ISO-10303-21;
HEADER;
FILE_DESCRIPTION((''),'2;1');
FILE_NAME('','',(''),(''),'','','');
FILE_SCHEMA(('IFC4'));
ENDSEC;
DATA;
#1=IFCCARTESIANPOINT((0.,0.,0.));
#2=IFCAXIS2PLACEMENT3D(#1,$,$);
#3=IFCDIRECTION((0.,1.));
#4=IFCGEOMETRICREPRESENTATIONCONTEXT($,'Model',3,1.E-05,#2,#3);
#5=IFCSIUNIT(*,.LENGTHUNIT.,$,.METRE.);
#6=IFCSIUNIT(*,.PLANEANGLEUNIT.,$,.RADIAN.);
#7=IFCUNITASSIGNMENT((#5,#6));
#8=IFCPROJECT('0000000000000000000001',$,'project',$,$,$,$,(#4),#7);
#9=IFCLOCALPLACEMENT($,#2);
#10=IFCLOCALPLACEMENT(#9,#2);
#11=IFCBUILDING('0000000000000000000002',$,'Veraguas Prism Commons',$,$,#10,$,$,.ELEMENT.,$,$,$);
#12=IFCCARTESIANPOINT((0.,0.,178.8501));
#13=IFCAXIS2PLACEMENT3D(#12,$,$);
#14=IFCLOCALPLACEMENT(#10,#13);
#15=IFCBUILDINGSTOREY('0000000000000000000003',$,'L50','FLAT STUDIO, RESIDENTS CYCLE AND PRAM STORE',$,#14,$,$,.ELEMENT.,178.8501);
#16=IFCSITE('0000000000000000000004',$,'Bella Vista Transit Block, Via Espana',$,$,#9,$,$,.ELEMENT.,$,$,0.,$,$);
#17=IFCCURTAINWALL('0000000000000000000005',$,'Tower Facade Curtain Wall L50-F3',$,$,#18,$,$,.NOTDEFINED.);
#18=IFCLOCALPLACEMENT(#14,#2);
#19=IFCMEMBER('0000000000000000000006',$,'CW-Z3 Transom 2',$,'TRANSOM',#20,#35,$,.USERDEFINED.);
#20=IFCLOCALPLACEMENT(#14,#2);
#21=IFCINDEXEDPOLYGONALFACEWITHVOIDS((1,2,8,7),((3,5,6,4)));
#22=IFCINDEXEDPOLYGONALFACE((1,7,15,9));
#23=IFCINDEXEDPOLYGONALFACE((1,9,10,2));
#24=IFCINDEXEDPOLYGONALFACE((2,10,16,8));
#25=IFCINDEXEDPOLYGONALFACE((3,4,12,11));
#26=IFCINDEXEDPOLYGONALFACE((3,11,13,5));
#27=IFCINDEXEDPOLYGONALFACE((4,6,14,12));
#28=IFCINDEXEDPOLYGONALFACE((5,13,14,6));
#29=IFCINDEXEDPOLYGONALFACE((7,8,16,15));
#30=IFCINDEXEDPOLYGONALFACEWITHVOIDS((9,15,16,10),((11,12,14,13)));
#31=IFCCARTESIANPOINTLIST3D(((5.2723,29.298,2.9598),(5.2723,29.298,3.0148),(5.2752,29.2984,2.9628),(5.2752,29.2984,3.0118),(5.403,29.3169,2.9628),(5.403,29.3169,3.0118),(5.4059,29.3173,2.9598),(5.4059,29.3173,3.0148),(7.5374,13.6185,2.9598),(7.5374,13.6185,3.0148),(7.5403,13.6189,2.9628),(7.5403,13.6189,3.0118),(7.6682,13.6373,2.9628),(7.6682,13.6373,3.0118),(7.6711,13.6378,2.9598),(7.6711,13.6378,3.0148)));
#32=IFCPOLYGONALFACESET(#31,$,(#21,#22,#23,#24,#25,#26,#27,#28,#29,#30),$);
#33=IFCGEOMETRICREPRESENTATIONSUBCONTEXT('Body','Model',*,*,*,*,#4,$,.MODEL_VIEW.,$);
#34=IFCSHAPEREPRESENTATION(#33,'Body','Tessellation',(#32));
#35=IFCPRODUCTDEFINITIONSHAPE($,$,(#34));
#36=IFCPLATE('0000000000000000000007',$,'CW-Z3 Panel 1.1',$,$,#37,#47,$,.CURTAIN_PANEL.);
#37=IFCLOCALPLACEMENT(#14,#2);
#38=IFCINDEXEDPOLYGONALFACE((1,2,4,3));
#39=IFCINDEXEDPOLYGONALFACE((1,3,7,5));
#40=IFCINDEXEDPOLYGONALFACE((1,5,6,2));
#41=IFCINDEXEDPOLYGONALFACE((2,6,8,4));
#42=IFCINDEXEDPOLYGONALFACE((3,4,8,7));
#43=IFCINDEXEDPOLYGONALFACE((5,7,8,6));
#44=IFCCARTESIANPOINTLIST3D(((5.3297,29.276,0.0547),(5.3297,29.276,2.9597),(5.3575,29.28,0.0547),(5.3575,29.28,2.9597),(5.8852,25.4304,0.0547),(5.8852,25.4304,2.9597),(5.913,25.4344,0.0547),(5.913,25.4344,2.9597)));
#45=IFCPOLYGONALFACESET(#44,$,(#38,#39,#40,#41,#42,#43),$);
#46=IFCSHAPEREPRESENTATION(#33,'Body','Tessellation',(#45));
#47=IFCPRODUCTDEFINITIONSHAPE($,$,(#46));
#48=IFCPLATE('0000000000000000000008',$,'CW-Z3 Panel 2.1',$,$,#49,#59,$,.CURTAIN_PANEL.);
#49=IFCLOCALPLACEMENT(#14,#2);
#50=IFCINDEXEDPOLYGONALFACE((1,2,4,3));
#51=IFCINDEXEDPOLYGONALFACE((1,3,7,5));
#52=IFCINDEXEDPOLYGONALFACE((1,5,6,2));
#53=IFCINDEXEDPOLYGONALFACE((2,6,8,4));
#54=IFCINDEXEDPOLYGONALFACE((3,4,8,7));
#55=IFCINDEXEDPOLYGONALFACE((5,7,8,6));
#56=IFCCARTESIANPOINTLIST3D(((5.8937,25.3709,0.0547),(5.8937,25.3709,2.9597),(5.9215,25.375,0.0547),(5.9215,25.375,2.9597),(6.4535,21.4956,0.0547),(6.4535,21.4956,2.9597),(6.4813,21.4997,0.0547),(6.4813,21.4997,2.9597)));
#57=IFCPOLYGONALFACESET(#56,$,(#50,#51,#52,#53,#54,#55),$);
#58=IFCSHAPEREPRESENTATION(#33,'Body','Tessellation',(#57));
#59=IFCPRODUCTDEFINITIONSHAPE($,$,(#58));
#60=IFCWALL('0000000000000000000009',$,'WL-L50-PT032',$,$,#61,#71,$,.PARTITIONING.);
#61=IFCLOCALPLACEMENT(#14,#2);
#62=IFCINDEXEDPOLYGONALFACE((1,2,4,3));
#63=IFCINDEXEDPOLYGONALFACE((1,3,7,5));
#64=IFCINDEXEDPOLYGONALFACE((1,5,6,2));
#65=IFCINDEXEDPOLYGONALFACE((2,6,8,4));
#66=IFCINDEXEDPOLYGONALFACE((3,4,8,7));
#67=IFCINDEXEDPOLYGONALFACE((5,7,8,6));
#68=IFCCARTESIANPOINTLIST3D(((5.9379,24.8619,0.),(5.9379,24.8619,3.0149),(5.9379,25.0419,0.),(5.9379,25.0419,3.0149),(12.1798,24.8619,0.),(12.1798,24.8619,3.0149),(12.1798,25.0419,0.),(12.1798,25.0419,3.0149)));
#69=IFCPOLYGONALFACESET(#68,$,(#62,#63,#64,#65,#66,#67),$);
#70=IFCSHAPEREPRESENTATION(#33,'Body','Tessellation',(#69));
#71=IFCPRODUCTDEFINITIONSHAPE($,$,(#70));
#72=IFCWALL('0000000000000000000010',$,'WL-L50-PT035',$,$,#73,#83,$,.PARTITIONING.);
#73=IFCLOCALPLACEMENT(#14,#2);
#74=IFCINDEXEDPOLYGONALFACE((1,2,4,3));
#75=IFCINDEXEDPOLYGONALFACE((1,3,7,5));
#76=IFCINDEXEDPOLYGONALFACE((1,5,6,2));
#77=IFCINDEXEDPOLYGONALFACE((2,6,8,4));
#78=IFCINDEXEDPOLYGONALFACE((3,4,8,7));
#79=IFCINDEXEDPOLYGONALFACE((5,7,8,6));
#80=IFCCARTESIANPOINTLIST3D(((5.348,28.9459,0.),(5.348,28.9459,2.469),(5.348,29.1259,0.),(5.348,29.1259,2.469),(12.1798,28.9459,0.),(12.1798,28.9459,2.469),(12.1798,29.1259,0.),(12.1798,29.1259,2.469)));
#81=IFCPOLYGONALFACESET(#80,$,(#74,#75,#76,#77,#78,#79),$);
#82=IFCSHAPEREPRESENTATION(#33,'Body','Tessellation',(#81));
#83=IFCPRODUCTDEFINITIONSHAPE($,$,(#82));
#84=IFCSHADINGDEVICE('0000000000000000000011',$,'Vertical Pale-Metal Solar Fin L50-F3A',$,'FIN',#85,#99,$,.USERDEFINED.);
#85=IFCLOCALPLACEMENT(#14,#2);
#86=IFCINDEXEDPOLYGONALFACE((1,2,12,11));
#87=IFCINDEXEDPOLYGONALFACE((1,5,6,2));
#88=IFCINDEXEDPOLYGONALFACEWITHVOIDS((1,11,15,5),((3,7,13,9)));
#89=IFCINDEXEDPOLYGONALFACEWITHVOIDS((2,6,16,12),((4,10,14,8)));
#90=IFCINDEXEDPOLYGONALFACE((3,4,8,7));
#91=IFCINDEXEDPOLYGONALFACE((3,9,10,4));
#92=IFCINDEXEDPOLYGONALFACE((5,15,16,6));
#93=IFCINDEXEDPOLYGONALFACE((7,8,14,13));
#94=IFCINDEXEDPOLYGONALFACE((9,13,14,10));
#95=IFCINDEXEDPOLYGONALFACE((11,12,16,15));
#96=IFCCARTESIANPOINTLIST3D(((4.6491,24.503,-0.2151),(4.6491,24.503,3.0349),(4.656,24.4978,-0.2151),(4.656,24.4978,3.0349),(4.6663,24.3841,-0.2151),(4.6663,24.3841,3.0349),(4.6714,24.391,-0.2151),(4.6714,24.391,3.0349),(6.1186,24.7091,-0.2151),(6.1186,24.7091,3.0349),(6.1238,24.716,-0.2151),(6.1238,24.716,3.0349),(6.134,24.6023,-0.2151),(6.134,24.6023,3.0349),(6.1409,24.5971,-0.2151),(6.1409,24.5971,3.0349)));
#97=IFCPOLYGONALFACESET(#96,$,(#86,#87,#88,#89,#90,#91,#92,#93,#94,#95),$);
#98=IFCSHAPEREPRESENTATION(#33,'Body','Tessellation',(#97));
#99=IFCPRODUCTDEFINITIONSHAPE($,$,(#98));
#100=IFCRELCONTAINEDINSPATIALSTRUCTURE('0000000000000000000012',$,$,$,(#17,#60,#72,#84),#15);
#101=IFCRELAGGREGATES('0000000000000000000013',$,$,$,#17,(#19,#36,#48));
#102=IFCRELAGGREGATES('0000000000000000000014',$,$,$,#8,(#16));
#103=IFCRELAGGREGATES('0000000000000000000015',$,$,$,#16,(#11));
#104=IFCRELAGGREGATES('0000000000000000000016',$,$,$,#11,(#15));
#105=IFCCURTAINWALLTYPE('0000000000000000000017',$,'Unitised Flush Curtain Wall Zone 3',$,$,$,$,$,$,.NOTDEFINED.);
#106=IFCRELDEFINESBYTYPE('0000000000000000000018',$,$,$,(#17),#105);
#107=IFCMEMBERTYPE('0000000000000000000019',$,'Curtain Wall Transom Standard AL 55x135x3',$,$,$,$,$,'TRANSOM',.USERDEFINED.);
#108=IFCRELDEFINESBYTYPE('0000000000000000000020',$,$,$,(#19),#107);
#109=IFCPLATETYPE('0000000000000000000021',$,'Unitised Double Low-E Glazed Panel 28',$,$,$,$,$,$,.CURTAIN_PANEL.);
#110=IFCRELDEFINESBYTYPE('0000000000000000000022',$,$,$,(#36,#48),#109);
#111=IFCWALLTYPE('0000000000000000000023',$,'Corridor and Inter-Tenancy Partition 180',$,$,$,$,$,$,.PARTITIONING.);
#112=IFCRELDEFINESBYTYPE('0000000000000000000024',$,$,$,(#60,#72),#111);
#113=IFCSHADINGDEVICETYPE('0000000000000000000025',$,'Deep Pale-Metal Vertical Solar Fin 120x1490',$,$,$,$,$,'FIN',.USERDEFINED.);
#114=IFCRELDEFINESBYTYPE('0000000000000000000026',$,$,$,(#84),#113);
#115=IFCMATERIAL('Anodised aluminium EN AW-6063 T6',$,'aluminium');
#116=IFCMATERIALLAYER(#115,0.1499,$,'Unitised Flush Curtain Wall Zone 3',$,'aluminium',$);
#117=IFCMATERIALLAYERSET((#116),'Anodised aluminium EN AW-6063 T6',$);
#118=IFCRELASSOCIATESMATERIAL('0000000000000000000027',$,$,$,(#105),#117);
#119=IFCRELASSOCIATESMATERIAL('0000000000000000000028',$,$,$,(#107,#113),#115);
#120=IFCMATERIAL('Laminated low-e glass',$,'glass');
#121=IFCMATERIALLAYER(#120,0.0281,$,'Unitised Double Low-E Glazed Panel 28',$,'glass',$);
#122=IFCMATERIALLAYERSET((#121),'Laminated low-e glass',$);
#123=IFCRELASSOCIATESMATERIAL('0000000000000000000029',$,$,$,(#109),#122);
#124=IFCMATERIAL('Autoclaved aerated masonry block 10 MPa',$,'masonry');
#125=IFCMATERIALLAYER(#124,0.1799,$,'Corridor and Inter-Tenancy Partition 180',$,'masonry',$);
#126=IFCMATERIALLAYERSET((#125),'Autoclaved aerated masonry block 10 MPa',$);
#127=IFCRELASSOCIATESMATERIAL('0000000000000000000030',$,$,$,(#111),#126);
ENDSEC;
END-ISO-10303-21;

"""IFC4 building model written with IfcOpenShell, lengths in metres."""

from ifc_helpers import new_model, si_unit, direction, frame, frame_2d, origin, origin_2d, place, context, subcontext, project, spatial, rectangle, hollow_rectangle, extrude, source, transform, mapped, material, layer, layer_set, material_profile, profile_set, type_object, element, aggregate, save


model = new_model("IFC4")

# Units and contexts
model_context = context("Model", 3, precision=1e-05, world=origin(), true_north=direction((0.0, 1.0)))
body_context = subcontext(model_context, "Body", "Model", "MODEL_VIEW")
ifc_project = project(units=[si_unit("LENGTHUNIT", "METRE"), si_unit("PLANEANGLEUNIT", "RADIAN")], contexts=[model_context])

# Site, building, storey
site_placement = place(None, origin())
site = spatial("IfcSite", under=ifc_project, at=site_placement, Name="Bella Vista Transit Block, Via Espana", CompositionType="ELEMENT", RefElevation=0.0)
building_placement = place(site_placement, origin())
building = spatial("IfcBuilding", under=site, at=building_placement, Name="Veraguas Prism Commons", CompositionType="ELEMENT")
storey_placement = place(building_placement, frame((0.0, 0.0, 178.8501)))
storey = spatial("IfcBuildingStorey", under=building, at=storey_placement, Name="L50", Description="FLAT STUDIO, RESIDENTS CYCLE AND PRAM STORE", CompositionType="ELEMENT", Elevation=178.8501)

# Curtain wall
ifc_material_1 = material(Name="Anodised aluminium EN AW-6063 T6", Category="aluminium")
ifc_layer_1 = layer(ifc_material_1, 0.1499, Name="Unitised Flush Curtain Wall Zone 3", Category="aluminium")
ifc_layer_set_1 = layer_set([ifc_layer_1], Name="Anodised aluminium EN AW-6063 T6")
curtain_wall_type = type_object("IfcCurtainWallType", Name="Unitised Flush Curtain Wall Zone 3", PredefinedType="NOTDEFINED", material=ifc_layer_set_1)
curtain_wall_1_placement = place(storey_placement, origin())
curtain_wall_1 = element("IfcCurtainWall", 1, at=curtain_wall_1_placement, inside=storey, type_object=curtain_wall_type, Name="Tower Facade Curtain Wall L50-F3", PredefinedType="NOTDEFINED")

# Member
ifc_material_profile_1 = material_profile(ifc_material_1, hollow_rectangle(XDim=0.0549, YDim=0.135, WallThickness=0.0029, at=origin_2d()), Name="AL55X135X3")
ifc_profile_set_1 = profile_set([ifc_material_profile_1], Name="Anodised aluminium EN AW-6063 T6")
member_type_1 = type_object("IfcMemberType", Name="Curtain Wall Transom Standard AL 55x135x3", ElementType="TRANSOM", PredefinedType="USERDEFINED", material=ifc_profile_set_1)
shared_shape_1 = source(origin(), body_context, "Body", "SweptSolid", [
    extrude(hollow_rectangle(XDim=0.0549, YDim=0.135, WallThickness=0.0029, at=origin_2d()), origin(), (0.0, 0.0, 1.0), 15.8423),
])
member_1_placement = place(storey_placement, frame((5.3391, 29.3076, 2.9873), z_axis=(0.142981, -0.989725, 0.0), x_axis=(0.0, 0.0, 1.0)))
member_1 = element("IfcMember", 2, at=member_1_placement, type_object=member_type_1, Name="CW-Z3 Transom 2", ObjectType="TRANSOM", PredefinedType="USERDEFINED", context=body_context, shape_type="MappedRepresentation", body=[
    mapped(shared_shape_1, transform((0.0, 0.0, 0.0), scale=1.0)),
])

# Plates
ifc_material_2 = material(Name="Laminated low-e glass", Category="glass")
ifc_layer_2 = layer(ifc_material_2, 0.0281, Name="Unitised Double Low-E Glazed Panel 28", Category="glass")
ifc_layer_set_2 = layer_set([ifc_layer_2], Name="Laminated low-e glass")
plate_type = type_object("IfcPlateType", Name="Unitised Double Low-E Glazed Panel 28", PredefinedType="CURTAIN_PANEL", material=ifc_layer_set_2)
shared_shape_2 = source(origin(), body_context, "Body", "SweptSolid", [
    extrude(rectangle(XDim=3.8855, YDim=0.0281, at=origin_2d()), origin(), (0.0, 0.0, 1.0), 2.905),
])
plate_1_placement = place(storey_placement, frame((5.6213, 27.3552, 0.0547), z_axis=(0.0, 0.0, 1.0), x_axis=(0.142973, -0.989727, 0.0)))
plate_1 = element("IfcPlate", 3, at=plate_1_placement, type_object=plate_type, Name="CW-Z3 Panel 1.1", PredefinedType="CURTAIN_PANEL", context=body_context, shape_type="MappedRepresentation", body=[
    mapped(shared_shape_2, transform((0.0, 0.0, 0.0), scale=1.0)),
])
shared_shape_3 = source(origin(), body_context, "Body", "SweptSolid", [
    extrude(rectangle(XDim=3.9155, YDim=0.0281, at=origin_2d()), origin(), (0.0, 0.0, 1.0), 2.905),
])
plate_2_placement = place(storey_placement, frame((6.1875, 23.4353, 0.0547), z_axis=(0.0, 0.0, 1.0), x_axis=(0.142973, -0.989727, 0.0)))
plate_2 = element("IfcPlate", 4, at=plate_2_placement, type_object=plate_type, Name="CW-Z3 Panel 2.1", PredefinedType="CURTAIN_PANEL", context=body_context, shape_type="MappedRepresentation", body=[
    mapped(shared_shape_3, transform((0.0, 0.0, 0.0), scale=1.0)),
])
aggregate(curtain_wall_1, [member_1, plate_1, plate_2])

# Walls
ifc_material_3 = material(Name="Autoclaved aerated masonry block 10 MPa", Category="masonry")
ifc_layer_3 = layer(ifc_material_3, 0.1799, Name="Corridor and Inter-Tenancy Partition 180", Category="masonry")
ifc_layer_set_3 = layer_set([ifc_layer_3], Name="Autoclaved aerated masonry block 10 MPa")
wall_type = type_object("IfcWallType", Name="Corridor and Inter-Tenancy Partition 180", PredefinedType="PARTITIONING", material=ifc_layer_set_3)
wall_1_placement = place(storey_placement, frame((12.1799, 24.9519, 0.0), z_axis=(0.0, 0.0, 1.0), x_axis=(-1.0, 0.0, 0.0)))
element("IfcWall", 5, at=wall_1_placement, inside=storey, type_object=wall_type, Name="WL-L50-PT032", PredefinedType="PARTITIONING", context=body_context, shape_type="SweptSolid", body=[
    extrude(rectangle(XDim=6.2419, YDim=0.1799, at=frame_2d((3.1211, 0.0))), origin(), (0.0, 0.0, 1.0), 3.0149),
])
wall_2_placement = place(storey_placement, frame((12.1799, 29.0359, 0.0), z_axis=(0.0, 0.0, 1.0), x_axis=(-1.0, 0.0, 0.0)))
element("IfcWall", 6, at=wall_2_placement, inside=storey, type_object=wall_type, Name="WL-L50-PT035", PredefinedType="PARTITIONING", context=body_context, shape_type="SweptSolid", body=[
    extrude(rectangle(XDim=6.8318, YDim=0.1799, at=frame_2d((3.416, 0.0))), origin(), (0.0, 0.0, 1.0), 2.469),
])

# Shading device
ifc_material_profile_2 = material_profile(ifc_material_1, hollow_rectangle(XDim=0.1201, YDim=1.49, WallThickness=0.0061, at=origin_2d()), Name="FIN120X1490X6")
ifc_profile_set_2 = profile_set([ifc_material_profile_2], Name="Anodised aluminium EN AW-6063 T6")
shading_device_type = type_object("IfcShadingDeviceType", Name="Deep Pale-Metal Vertical Solar Fin 120x1490", ElementType="FIN", PredefinedType="USERDEFINED", material=ifc_profile_set_2)
shading_device_placement = place(storey_placement, frame((5.395, 24.55, -0.2151), z_axis=(0.0, 0.0, 1.0), x_axis=(0.142974, -0.989726, 0.0)))
element("IfcShadingDevice", 7, at=shading_device_placement, inside=storey, type_object=shading_device_type, Name="Vertical Pale-Metal Solar Fin L50-F3A", ObjectType="FIN", PredefinedType="USERDEFINED", context=body_context, shape_type="SweptSolid", body=[
    extrude(hollow_rectangle(XDim=0.1201, YDim=1.49, WallThickness=0.0061, at=origin_2d()), origin(), (0.0, 0.0, 1.0), 3.25),
])

save(model, "model.ifc")
